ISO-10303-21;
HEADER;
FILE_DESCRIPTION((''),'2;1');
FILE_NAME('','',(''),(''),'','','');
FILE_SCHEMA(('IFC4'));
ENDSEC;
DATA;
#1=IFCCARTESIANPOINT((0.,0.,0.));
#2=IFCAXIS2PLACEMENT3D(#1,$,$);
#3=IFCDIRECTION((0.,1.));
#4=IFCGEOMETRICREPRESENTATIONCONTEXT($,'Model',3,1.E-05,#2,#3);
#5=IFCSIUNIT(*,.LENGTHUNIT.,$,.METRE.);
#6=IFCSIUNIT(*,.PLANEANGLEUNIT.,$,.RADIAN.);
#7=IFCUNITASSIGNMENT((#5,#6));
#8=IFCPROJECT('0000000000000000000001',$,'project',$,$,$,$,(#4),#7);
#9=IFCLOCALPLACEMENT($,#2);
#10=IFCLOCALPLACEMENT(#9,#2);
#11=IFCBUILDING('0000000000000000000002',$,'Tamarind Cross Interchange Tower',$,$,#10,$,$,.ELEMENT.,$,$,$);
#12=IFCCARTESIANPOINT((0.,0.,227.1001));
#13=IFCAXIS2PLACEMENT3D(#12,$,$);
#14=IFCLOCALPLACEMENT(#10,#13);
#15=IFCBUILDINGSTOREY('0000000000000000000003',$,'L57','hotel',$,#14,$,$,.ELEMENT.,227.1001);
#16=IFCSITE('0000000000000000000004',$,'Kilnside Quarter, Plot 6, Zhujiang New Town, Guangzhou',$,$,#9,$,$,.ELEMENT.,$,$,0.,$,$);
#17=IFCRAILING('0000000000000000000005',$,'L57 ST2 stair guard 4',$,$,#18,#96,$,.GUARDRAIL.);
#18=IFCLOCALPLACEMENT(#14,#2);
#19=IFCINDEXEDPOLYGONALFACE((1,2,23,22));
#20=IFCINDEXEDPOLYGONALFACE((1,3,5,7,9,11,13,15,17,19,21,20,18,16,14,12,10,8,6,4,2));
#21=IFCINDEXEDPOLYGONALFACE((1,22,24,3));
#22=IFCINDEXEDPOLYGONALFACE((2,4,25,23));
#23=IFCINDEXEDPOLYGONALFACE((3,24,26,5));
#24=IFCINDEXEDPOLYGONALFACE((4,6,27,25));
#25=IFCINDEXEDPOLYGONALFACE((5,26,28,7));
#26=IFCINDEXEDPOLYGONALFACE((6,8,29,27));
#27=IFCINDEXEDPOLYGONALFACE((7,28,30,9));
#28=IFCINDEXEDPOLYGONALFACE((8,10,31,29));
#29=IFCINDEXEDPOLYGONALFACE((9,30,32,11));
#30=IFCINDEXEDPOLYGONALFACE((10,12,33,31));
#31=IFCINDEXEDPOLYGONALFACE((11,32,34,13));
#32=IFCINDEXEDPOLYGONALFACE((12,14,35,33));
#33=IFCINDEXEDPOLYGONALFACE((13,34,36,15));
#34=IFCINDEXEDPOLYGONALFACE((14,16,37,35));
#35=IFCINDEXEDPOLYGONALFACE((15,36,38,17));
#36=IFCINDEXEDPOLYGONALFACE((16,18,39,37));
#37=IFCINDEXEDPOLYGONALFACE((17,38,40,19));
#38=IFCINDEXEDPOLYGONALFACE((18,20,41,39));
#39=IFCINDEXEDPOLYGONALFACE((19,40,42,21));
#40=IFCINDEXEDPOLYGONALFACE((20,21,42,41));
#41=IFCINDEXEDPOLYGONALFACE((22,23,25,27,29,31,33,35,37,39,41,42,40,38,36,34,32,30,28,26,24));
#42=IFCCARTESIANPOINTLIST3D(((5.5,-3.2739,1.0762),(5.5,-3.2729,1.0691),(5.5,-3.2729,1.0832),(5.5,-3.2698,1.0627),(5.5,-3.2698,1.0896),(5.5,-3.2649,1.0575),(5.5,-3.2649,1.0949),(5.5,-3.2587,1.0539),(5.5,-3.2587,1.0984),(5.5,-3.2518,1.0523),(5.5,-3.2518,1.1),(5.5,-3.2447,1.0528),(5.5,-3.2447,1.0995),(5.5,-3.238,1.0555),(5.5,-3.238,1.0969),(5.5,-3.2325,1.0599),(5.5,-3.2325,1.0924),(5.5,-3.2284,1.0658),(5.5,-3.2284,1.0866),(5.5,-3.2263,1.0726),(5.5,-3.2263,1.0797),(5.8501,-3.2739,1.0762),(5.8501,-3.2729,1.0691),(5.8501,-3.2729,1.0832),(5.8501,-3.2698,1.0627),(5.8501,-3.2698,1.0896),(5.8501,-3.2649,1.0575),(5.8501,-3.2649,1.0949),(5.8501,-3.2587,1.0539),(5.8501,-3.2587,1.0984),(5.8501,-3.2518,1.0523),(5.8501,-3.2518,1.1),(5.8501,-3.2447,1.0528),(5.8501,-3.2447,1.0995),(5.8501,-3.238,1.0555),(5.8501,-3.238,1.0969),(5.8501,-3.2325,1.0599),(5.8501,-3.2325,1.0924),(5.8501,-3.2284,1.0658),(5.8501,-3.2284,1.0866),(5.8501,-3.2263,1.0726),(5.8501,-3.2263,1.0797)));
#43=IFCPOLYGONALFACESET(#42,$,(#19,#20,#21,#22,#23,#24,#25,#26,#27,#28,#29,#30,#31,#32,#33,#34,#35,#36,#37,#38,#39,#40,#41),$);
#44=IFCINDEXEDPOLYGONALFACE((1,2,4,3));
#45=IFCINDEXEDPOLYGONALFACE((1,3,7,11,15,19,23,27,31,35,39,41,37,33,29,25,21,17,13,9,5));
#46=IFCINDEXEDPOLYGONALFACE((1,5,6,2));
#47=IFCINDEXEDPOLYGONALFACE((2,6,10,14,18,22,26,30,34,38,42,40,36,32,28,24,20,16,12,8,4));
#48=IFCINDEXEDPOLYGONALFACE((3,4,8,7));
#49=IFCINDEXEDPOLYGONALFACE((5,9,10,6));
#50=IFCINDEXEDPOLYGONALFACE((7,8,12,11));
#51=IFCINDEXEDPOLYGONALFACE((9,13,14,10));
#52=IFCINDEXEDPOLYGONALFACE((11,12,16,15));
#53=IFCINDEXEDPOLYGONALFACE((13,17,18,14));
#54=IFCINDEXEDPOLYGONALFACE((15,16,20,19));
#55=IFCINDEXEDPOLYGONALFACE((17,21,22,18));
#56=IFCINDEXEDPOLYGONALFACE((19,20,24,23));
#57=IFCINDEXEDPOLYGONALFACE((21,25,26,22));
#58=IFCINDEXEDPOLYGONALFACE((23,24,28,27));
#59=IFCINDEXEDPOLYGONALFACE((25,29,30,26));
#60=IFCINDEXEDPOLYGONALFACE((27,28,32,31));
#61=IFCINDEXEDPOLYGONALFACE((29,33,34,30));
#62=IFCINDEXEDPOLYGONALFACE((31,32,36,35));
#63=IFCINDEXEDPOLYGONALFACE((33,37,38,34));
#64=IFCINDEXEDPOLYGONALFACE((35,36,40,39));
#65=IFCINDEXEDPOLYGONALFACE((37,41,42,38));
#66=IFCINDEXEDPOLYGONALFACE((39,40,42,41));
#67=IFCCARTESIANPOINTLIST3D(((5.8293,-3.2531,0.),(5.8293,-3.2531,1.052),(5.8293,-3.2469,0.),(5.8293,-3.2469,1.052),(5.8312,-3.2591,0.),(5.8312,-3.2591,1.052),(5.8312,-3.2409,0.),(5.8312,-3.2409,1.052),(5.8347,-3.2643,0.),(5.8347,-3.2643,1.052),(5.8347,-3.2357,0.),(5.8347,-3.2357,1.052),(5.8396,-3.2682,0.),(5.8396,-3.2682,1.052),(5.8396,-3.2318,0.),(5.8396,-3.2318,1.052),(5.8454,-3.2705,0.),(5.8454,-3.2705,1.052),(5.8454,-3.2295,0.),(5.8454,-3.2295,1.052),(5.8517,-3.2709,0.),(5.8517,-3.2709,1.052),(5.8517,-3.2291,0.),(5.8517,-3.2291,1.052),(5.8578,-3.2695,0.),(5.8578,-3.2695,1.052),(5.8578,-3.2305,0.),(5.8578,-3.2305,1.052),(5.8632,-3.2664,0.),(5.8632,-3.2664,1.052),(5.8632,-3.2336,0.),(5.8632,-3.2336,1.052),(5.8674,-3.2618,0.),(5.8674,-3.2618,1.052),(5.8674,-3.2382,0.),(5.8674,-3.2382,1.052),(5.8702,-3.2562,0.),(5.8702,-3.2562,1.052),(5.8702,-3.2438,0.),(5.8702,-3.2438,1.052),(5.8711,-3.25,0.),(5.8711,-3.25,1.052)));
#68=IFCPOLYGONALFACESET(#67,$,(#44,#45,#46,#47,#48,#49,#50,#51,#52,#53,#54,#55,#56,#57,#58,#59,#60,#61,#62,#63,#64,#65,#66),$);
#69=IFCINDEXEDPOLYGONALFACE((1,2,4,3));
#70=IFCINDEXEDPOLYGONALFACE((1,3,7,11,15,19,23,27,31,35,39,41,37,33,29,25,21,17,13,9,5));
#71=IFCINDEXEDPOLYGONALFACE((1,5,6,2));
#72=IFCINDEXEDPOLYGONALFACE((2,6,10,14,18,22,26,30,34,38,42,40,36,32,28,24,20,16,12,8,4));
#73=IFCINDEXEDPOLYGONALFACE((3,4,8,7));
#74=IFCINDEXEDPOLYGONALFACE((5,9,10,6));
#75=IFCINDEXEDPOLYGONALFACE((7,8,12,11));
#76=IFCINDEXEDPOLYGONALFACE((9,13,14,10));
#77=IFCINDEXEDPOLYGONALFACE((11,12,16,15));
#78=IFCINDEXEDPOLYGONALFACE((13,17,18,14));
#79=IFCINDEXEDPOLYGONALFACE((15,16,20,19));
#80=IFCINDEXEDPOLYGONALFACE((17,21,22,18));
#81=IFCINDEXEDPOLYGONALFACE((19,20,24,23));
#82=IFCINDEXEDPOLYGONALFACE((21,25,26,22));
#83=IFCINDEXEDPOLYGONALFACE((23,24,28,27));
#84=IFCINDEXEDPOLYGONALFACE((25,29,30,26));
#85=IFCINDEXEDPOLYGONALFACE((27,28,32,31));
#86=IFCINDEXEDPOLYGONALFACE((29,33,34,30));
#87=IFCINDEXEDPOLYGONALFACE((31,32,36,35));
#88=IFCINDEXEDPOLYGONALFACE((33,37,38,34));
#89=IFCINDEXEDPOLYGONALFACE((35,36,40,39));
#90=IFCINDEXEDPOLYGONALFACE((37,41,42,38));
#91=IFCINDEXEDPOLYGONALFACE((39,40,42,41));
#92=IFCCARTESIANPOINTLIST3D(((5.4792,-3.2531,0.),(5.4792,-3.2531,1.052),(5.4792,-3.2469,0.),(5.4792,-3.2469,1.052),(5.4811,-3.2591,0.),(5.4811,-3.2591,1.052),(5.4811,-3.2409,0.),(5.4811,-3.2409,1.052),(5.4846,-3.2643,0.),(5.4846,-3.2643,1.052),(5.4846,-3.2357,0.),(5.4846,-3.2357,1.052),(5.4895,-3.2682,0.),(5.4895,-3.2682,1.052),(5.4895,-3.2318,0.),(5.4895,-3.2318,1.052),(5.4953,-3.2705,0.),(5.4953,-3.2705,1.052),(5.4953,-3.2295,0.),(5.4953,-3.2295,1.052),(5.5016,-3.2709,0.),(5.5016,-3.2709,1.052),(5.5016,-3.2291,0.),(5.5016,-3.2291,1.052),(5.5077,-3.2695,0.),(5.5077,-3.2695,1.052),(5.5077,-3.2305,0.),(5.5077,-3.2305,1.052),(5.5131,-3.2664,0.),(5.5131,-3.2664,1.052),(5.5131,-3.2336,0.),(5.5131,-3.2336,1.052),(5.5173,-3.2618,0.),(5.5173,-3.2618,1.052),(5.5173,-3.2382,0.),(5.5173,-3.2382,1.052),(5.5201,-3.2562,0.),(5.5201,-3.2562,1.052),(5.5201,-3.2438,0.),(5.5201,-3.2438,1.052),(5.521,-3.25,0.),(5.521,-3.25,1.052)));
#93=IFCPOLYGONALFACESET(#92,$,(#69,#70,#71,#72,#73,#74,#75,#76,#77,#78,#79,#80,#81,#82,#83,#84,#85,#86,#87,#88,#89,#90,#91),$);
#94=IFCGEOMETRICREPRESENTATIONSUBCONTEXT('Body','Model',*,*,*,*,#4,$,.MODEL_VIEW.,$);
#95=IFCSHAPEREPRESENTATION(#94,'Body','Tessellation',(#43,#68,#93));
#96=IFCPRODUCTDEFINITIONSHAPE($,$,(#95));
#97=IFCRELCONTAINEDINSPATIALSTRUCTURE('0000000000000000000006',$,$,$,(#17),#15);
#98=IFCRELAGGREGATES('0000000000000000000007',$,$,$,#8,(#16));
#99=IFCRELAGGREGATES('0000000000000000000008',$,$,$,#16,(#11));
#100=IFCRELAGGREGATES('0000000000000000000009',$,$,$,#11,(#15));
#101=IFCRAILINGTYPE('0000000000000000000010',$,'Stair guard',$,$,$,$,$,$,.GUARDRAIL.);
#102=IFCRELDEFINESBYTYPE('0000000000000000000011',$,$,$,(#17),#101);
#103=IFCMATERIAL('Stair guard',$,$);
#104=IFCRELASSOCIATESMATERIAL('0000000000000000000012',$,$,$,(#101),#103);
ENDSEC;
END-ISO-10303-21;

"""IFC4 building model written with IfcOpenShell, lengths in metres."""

from ifc_helpers import new_model, si_unit, direction, frame, origin, origin_2d, place, context, subcontext, project, spatial, circle, extrude, material, type_object, element, save


model = new_model("IFC4")

# Units and contexts
model_context = context("Model", 3, precision=1e-05, world=origin(), true_north=direction((0.0, 1.0)))
body_context = subcontext(model_context, "Body", "Model", "MODEL_VIEW")
ifc_project = project(units=[si_unit("LENGTHUNIT", "METRE"), si_unit("PLANEANGLEUNIT", "RADIAN")], contexts=[model_context])

# Site, building, storey
site_placement = place(None, origin())
site = spatial("IfcSite", under=ifc_project, at=site_placement, Name="Kilnside Quarter, Plot 6, Zhujiang New Town, Guangzhou", CompositionType="ELEMENT", RefElevation=0.0)
building_placement = place(site_placement, origin())
building = spatial("IfcBuilding", under=site, at=building_placement, Name="Tamarind Cross Interchange Tower", CompositionType="ELEMENT")
storey_placement = place(building_placement, frame((0.0, 0.0, 227.1001)))
storey = spatial("IfcBuildingStorey", under=building, at=storey_placement, Name="L57", Description="hotel", CompositionType="ELEMENT", Elevation=227.1001)

# Railing
ifc_material_1 = material(Name="Stair guard")
railing_type_1 = type_object("IfcRailingType", Name="Stair guard", PredefinedType="GUARDRAIL", material=ifc_material_1)
railing_1_placement = place(storey_placement, frame((5.8501, -3.25, 0.0)))
element("IfcRailing", 1, at=railing_1_placement, inside=storey, type_object=railing_type_1, Name="L57 ST2 stair guard 4", PredefinedType="GUARDRAIL", context=body_context, shape_type="SweptSolid", body=[
    extrude(circle(Radius=0.0239, at=origin_2d()), frame((0.0, 0.0, 1.0762), z_axis=(-1.0, 0.0, 0.0), x_axis=(0.0, -1.0, 0.0)), (0.0, 0.0, 1.0), 0.3501),
    extrude(circle(Radius=0.021, at=origin_2d()), origin(), (0.0, 0.0, 1.0), 1.052),
    extrude(circle(Radius=0.021, at=origin_2d()), frame((-0.3501, 0.0, 0.0)), (0.0, 0.0, 1.0), 1.052),
])

save(model, "model.ifc")
